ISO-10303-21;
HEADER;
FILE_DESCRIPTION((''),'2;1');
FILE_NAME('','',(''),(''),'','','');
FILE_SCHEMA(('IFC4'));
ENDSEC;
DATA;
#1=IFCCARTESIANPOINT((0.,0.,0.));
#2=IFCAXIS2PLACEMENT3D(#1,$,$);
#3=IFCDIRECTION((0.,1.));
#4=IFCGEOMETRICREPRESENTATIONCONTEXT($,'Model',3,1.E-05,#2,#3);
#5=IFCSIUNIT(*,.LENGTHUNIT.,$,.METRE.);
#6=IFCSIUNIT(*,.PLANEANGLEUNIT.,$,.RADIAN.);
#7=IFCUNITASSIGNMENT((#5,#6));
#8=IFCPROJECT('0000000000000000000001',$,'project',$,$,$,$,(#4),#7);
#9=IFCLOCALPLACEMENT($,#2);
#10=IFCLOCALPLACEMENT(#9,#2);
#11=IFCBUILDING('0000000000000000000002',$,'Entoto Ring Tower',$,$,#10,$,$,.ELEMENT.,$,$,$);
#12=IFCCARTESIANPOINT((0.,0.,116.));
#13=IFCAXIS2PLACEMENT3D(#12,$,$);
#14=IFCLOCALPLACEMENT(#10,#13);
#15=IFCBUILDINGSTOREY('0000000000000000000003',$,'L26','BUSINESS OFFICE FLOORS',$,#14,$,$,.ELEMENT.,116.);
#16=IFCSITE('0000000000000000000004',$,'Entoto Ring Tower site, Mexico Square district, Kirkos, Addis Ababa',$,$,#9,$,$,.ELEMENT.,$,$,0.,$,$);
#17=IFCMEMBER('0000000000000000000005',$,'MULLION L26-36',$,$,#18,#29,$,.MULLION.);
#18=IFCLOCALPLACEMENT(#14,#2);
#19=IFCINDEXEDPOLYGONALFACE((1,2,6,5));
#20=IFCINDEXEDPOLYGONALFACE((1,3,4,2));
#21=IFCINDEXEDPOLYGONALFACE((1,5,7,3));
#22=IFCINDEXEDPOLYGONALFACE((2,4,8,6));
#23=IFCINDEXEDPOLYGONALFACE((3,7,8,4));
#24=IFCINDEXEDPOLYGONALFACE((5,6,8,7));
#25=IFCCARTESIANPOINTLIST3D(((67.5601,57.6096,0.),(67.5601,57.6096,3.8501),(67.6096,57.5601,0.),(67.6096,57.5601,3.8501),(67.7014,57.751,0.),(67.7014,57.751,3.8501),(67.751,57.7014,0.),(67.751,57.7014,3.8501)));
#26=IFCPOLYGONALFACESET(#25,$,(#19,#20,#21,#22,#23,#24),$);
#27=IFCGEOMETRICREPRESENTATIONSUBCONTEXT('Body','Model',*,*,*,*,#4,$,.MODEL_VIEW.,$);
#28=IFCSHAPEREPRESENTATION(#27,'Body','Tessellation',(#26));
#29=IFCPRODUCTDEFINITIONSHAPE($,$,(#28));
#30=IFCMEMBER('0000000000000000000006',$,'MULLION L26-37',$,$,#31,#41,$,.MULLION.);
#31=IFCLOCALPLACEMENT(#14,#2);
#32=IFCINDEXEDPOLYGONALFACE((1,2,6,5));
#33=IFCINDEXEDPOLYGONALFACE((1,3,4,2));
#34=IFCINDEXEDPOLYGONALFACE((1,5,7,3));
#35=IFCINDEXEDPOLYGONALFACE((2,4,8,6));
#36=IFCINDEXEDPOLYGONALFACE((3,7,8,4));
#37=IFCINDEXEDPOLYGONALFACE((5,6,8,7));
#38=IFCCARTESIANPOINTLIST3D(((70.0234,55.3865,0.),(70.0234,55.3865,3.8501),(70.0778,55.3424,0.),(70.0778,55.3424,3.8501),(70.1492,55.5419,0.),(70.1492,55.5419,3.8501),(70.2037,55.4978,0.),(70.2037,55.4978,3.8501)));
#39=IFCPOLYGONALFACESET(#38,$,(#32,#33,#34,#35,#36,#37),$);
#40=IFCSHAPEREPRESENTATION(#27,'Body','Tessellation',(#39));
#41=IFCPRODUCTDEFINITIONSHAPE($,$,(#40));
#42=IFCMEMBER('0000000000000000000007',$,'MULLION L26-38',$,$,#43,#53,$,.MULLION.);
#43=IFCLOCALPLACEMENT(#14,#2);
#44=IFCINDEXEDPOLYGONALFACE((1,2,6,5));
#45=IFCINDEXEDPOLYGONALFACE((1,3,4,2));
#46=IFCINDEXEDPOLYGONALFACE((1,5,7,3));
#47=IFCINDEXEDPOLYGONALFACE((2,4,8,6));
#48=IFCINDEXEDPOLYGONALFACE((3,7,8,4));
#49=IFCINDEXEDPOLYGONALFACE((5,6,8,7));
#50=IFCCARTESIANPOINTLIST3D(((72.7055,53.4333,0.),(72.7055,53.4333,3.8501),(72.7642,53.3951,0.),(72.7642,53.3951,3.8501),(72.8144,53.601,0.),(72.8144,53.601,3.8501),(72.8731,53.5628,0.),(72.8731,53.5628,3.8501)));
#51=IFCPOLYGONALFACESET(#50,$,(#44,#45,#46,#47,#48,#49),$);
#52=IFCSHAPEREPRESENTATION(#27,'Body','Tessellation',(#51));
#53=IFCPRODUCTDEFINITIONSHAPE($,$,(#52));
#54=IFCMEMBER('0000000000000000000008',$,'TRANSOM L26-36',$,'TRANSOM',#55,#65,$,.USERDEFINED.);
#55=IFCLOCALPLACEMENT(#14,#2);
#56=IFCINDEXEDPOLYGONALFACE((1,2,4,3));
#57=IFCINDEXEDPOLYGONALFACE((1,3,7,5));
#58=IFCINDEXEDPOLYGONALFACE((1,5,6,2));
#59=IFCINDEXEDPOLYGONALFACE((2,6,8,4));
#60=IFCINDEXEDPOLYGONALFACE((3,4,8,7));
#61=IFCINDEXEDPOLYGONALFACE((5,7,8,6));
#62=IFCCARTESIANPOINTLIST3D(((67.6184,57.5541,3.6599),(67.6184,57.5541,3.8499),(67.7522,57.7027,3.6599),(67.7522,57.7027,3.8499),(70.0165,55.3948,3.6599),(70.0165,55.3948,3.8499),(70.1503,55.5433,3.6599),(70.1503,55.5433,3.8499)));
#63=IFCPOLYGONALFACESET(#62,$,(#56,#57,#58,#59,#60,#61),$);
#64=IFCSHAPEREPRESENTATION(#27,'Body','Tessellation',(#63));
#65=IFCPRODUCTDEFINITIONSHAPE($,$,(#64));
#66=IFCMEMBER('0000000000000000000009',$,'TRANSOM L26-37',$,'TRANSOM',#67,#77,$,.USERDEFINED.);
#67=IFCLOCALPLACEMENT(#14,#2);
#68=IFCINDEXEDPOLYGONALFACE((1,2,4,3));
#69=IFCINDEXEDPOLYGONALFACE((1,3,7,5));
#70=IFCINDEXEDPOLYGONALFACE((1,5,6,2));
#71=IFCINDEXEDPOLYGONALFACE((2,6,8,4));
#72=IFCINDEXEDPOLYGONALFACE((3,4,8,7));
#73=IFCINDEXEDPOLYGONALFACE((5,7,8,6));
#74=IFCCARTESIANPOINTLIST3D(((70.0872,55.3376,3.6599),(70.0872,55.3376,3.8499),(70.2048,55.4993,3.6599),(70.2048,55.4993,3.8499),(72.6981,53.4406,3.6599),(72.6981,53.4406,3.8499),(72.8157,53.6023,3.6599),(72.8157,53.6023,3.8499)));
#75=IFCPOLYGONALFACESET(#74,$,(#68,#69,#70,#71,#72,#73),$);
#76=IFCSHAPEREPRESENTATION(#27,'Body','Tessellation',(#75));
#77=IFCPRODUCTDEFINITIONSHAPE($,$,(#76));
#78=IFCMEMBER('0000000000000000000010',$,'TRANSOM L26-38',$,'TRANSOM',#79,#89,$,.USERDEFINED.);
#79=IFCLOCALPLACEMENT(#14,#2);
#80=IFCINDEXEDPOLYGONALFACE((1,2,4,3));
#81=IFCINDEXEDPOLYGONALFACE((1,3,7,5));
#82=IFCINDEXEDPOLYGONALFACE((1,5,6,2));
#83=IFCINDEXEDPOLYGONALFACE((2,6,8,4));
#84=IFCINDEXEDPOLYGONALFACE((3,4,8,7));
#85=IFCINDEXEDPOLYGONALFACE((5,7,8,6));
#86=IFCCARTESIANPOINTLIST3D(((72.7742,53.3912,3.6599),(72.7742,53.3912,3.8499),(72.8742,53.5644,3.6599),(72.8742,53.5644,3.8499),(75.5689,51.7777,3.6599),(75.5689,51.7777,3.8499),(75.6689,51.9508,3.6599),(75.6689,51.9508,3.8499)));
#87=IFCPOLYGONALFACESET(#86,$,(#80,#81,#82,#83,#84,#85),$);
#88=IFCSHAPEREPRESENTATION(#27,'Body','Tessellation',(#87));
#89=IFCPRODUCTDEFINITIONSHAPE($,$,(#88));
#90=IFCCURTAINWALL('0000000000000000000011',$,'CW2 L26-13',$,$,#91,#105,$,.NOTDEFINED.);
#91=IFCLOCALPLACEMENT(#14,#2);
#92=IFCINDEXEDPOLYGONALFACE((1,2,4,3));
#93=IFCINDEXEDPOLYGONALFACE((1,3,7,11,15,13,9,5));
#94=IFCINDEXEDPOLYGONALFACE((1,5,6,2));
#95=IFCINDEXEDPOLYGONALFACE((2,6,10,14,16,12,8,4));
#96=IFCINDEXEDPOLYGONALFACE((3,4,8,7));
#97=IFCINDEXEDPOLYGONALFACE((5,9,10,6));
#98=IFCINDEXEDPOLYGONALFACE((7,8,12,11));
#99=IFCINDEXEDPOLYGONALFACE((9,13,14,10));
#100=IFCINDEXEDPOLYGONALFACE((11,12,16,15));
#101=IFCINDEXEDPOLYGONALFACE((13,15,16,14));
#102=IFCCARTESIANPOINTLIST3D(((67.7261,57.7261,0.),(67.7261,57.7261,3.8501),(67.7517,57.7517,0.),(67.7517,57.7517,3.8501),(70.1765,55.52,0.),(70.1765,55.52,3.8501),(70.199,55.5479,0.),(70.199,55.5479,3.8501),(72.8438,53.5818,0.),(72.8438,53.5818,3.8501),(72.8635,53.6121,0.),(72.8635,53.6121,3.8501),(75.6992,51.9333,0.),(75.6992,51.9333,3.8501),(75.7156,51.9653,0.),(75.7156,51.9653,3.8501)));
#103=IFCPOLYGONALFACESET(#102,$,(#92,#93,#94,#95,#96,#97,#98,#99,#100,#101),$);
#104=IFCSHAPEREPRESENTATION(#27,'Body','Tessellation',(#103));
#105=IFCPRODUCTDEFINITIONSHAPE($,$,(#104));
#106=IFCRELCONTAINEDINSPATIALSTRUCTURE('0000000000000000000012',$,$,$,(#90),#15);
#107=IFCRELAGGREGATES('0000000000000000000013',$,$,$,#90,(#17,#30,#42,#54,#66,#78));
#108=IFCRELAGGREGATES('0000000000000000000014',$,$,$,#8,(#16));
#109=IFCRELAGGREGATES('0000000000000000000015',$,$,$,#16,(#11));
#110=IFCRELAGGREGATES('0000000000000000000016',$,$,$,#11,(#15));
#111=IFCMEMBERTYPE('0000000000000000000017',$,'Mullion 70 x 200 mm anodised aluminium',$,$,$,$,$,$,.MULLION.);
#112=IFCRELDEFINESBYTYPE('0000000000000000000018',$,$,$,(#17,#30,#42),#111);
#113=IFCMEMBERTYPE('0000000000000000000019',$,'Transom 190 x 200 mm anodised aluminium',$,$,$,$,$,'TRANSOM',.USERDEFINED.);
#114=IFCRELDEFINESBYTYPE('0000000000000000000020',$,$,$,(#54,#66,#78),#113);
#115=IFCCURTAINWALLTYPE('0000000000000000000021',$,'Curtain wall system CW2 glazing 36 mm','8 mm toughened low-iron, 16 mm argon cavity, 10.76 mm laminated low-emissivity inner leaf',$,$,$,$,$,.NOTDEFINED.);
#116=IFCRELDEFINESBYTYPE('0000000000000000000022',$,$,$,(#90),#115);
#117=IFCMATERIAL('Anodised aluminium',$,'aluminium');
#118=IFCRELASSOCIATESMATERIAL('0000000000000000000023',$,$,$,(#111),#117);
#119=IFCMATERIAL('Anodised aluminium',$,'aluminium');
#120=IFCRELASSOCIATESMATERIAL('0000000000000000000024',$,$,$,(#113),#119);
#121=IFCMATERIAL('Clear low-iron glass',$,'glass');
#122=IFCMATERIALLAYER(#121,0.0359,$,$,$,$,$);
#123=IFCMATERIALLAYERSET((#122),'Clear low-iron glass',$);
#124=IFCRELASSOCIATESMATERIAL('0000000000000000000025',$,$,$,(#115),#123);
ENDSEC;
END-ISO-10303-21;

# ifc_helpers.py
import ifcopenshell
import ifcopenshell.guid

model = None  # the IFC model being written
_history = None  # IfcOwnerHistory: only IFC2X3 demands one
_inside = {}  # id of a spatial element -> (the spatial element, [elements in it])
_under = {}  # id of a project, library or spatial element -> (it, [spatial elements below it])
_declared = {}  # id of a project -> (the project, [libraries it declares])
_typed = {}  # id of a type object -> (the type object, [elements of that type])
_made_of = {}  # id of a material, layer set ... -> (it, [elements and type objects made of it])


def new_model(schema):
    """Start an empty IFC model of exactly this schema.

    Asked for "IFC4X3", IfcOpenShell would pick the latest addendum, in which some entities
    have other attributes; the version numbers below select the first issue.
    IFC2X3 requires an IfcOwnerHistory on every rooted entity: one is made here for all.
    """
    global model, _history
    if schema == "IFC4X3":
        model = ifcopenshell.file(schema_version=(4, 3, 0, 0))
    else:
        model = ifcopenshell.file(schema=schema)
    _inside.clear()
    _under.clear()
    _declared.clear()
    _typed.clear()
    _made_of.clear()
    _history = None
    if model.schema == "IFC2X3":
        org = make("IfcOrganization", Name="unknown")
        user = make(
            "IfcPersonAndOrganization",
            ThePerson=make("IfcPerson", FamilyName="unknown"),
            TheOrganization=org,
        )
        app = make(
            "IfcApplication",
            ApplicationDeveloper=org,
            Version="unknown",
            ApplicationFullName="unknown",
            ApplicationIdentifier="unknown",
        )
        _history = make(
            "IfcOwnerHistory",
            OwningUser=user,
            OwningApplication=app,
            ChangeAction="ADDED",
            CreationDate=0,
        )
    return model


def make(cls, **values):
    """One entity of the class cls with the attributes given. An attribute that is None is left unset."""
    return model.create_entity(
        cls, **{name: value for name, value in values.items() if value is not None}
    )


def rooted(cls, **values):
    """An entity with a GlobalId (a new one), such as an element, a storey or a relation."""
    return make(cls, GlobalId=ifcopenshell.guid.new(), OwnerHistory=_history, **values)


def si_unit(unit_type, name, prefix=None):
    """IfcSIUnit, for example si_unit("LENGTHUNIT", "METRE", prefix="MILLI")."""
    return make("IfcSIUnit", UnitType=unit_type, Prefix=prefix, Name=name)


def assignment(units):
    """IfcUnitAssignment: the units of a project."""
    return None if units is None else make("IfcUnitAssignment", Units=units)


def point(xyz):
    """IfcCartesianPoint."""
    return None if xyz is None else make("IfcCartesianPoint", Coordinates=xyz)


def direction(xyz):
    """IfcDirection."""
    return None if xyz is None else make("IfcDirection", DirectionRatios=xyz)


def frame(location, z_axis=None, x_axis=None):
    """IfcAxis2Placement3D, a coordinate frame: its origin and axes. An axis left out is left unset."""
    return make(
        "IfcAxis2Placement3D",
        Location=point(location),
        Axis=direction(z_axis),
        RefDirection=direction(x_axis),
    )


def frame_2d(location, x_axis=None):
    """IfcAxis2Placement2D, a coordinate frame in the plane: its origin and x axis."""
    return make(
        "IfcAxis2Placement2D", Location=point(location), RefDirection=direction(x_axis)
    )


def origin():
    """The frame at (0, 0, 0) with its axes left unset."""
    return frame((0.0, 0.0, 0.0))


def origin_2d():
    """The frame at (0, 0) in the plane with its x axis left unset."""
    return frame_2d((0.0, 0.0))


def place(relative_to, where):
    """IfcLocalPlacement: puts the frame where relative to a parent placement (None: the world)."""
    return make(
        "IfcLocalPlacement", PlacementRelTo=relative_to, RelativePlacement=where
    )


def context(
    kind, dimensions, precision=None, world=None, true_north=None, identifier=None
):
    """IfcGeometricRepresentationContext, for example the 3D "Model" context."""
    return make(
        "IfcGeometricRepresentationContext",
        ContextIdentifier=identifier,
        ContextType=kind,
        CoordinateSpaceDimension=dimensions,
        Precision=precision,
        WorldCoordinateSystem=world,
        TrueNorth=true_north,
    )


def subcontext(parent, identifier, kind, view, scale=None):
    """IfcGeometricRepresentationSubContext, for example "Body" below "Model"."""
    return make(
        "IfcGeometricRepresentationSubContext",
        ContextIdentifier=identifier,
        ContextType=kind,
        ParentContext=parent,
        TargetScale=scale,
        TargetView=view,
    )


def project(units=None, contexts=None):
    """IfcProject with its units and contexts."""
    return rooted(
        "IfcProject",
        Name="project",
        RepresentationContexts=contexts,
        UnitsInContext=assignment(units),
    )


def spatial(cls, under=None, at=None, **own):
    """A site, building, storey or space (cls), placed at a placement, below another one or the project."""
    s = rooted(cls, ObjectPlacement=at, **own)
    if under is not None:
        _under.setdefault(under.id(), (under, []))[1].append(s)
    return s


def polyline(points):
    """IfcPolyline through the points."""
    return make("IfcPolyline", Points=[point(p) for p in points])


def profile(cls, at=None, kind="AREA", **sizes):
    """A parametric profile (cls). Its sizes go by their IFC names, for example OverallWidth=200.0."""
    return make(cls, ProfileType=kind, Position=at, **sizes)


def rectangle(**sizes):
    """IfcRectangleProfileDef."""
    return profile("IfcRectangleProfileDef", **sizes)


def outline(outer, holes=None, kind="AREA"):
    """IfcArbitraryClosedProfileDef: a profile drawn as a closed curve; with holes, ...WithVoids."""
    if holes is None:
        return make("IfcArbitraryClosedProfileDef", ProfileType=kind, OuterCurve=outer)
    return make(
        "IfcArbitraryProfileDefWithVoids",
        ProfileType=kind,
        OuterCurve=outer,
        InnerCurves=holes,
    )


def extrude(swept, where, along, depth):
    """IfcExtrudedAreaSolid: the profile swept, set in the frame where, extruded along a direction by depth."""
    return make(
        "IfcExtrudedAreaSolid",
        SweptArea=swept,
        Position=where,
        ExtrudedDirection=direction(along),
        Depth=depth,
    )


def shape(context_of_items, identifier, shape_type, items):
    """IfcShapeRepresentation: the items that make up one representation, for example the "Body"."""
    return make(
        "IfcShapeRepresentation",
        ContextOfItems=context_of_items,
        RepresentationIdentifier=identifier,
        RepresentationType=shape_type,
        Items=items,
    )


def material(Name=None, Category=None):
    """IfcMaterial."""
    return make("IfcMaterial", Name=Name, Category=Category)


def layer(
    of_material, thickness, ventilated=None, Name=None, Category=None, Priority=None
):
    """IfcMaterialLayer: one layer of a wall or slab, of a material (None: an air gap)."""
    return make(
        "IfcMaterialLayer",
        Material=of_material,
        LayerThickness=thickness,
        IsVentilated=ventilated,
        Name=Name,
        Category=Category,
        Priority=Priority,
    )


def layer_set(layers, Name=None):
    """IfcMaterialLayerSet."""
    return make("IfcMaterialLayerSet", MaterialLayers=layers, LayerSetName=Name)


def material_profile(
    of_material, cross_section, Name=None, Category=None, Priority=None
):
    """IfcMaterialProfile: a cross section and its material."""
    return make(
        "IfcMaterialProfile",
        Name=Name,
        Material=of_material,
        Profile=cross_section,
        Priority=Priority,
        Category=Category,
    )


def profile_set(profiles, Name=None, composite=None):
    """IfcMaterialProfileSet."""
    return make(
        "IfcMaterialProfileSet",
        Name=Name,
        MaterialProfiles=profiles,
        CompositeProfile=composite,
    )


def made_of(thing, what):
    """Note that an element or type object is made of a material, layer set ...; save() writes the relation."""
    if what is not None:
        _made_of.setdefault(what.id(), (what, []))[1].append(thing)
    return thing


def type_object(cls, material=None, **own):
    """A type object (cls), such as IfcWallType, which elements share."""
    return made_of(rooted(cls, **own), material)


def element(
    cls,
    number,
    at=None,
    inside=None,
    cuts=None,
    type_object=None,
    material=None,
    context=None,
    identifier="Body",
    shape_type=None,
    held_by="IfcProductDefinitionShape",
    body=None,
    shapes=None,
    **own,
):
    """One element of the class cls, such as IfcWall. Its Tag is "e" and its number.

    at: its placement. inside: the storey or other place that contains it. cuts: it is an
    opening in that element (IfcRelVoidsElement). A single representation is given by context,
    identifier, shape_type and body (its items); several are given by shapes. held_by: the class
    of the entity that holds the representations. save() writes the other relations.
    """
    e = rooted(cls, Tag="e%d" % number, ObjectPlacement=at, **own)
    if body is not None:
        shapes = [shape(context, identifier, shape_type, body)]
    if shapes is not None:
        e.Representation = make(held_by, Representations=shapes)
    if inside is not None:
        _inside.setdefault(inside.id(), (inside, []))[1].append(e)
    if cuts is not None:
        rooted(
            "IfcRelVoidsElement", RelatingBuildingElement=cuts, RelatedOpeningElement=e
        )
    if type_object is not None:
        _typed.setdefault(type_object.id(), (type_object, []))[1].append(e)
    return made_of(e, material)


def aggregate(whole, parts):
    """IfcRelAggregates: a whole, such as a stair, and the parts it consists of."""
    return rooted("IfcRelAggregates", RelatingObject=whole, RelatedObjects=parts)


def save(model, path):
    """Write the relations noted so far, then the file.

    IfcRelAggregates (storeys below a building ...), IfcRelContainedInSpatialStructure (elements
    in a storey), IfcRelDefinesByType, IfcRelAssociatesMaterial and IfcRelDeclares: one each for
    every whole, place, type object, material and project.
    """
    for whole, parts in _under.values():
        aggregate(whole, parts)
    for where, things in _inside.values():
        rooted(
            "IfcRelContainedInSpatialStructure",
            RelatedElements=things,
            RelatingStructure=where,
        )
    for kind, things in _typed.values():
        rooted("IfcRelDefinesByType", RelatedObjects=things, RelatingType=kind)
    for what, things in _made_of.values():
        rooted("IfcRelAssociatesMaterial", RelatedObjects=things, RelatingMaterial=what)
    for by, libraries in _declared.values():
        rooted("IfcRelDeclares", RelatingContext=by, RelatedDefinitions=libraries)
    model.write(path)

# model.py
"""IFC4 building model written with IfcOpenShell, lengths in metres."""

from ifc_helpers import new_model, si_unit, direction, frame, origin, origin_2d, place, context, subcontext, project, spatial, polyline, rectangle, outline, extrude, material, layer, layer_set, material_profile, profile_set, type_object, element, aggregate, save


model = new_model("IFC4")

# Units and contexts
model_context = context("Model", 3, precision=1e-05, world=origin(), true_north=direction((0.0, 1.0)))
body_context = subcontext(model_context, "Body", "Model", "MODEL_VIEW")
ifc_project = project(units=[si_unit("LENGTHUNIT", "METRE"), si_unit("PLANEANGLEUNIT", "RADIAN")], contexts=[model_context])

# Members
ifc_material_1 = material(Name="Anodised aluminium", Category="aluminium")
ifc_material_profile_1 = material_profile(ifc_material_1, rectangle(XDim=0.0701, YDim=0.2, at=origin_2d()), Name="Mullion 70 x 200 mm anodised aluminium")
ifc_profile_set_1 = profile_set([ifc_material_profile_1], Name="Anodised aluminium")
member_type_1 = type_object("IfcMemberType", Name="Mullion 70 x 200 mm anodised aluminium", PredefinedType="MULLION", material=ifc_profile_set_1)
site_placement = place(None, origin())
building_placement = place(site_placement, origin())
storey_placement = place(building_placement, frame((0.0, 0.0, 116.0)))
member_1_placement = place(storey_placement, frame((67.6555, 57.6555, 0.0), z_axis=(0.0, 0.0, 1.0), x_axis=(0.707107, -0.707107, 0.0)))
member_1 = element("IfcMember", 1, at=member_1_placement, type_object=member_type_1, Name="MULLION L26-36", PredefinedType="MULLION", context=body_context, shape_type="SweptSolid", body=[
    extrude(rectangle(XDim=0.0701, YDim=0.2, at=origin_2d()), origin(), (0.0, 0.0, 1.0), 3.8501),
])
member_2_placement = place(storey_placement, frame((70.1135, 55.4421, 0.0), z_axis=(0.0, 0.0, 1.0), x_axis=(0.777146, -0.62932, 0.0)))
member_2 = element("IfcMember", 2, at=member_2_placement, type_object=member_type_1, Name="MULLION L26-37", PredefinedType="MULLION", context=body_context, shape_type="SweptSolid", body=[
    extrude(rectangle(XDim=0.0701, YDim=0.2, at=origin_2d()), origin(), (0.0, 0.0, 1.0), 3.8501),
])
member_3_placement = place(storey_placement, frame((72.7893, 53.498, 0.0), z_axis=(0.0, 0.0, 1.0), x_axis=(0.838671, -0.544639, 0.0)))
member_3 = element("IfcMember", 3, at=member_3_placement, type_object=member_type_1, Name="MULLION L26-38", PredefinedType="MULLION", context=body_context, shape_type="SweptSolid", body=[
    extrude(rectangle(XDim=0.0701, YDim=0.2, at=origin_2d()), origin(), (0.0, 0.0, 1.0), 3.8501),
])
ifc_material_2 = material(Name="Anodised aluminium", Category="aluminium")
ifc_material_profile_2 = material_profile(ifc_material_2, rectangle(XDim=0.2, YDim=0.1899, at=origin_2d()), Name="Transom 190 x 200 mm anodised aluminium")
ifc_profile_set_2 = profile_set([ifc_material_profile_2], Name="Anodised aluminium")
member_type_2 = type_object("IfcMemberType", Name="Transom 190 x 200 mm anodised aluminium", ElementType="TRANSOM", PredefinedType="USERDEFINED", material=ifc_profile_set_2)
member_4_placement = place(storey_placement, frame((67.6853, 57.6284, 3.7549), z_axis=(0.743132, -0.669144, 0.0), x_axis=(0.669144, 0.743132, 0.0)))
member_4 = element("IfcMember", 4, at=member_4_placement, type_object=member_type_2, Name="TRANSOM L26-36", ObjectType="TRANSOM", PredefinedType="USERDEFINED", context=body_context, shape_type="SweptSolid", body=[
    extrude(rectangle(XDim=0.2, YDim=0.1899, at=origin_2d()), origin(), (0.0, 0.0, 1.0), 3.2271),
])
member_5_placement = place(storey_placement, frame((70.146, 55.4185, 3.7549), z_axis=(0.809004, -0.587803, 0.0), x_axis=(0.587803, 0.809004, 0.0)))
member_5 = element("IfcMember", 5, at=member_5_placement, type_object=member_type_2, Name="TRANSOM L26-37", ObjectType="TRANSOM", PredefinedType="USERDEFINED", context=body_context, shape_type="SweptSolid", body=[
    extrude(rectangle(XDim=0.2, YDim=0.1899, at=origin_2d()), origin(), (0.0, 0.0, 1.0), 3.2273),
])
member_6_placement = place(storey_placement, frame((72.8242, 53.4778, 3.7549), z_axis=(0.866023, -0.500004, 0.0), x_axis=(0.500004, 0.866023, 0.0)))
member_6 = element("IfcMember", 6, at=member_6_placement, type_object=member_type_2, Name="TRANSOM L26-38", ObjectType="TRANSOM", PredefinedType="USERDEFINED", context=body_context, shape_type="SweptSolid", body=[
    extrude(rectangle(XDim=0.2, YDim=0.1899, at=origin_2d()), origin(), (0.0, 0.0, 1.0), 3.2271),
])

# Site, building, storey
site = spatial("IfcSite", under=ifc_project, at=site_placement, Name="Entoto Ring Tower site, Mexico Square district, Kirkos, Addis Ababa", CompositionType="ELEMENT", RefElevation=0.0)
building = spatial("IfcBuilding", under=site, at=building_placement, Name="Entoto Ring Tower", CompositionType="ELEMENT")
storey = spatial("IfcBuildingStorey", under=building, at=storey_placement, Name="L26", Description="BUSINESS OFFICE FLOORS", CompositionType="ELEMENT", Elevation=116.0)

# Curtain wall
ifc_material_3 = material(Name="Clear low-iron glass", Category="glass")
ifc_layer = layer(ifc_material_3, 0.0359)
ifc_layer_set = layer_set([ifc_layer], Name="Clear low-iron glass")
curtain_wall_type = type_object("IfcCurtainWallType", Name="Curtain wall system CW2 glazing 36 mm", Description="8 mm toughened low-iron, 16 mm argon cavity, 10.76 mm laminated low-emissivity inner leaf", PredefinedType="NOTDEFINED", material=ifc_layer_set)
curtain_wall_1_placement = place(storey_placement, origin())
curtain_wall_1 = element("IfcCurtainWall", 7, at=curtain_wall_1_placement, inside=storey, type_object=curtain_wall_type, Name="CW2 L26-13", PredefinedType="NOTDEFINED", context=body_context, shape_type="SweptSolid", body=[
    extrude(outline(polyline([(67.7261, 57.7261), (70.1765, 55.52), (72.8438, 53.5818), (75.6992, 51.9333), (75.7156, 51.9653), (72.8635, 53.6121), (70.199, 55.5479), (67.7517, 57.7517), (67.7261, 57.7261)])), origin(), (0.0, 0.0, 1.0), 3.8501),
])
aggregate(curtain_wall_1, [member_1, member_2, member_3, member_4, member_5, member_6])

save(model, "model.ifc")
